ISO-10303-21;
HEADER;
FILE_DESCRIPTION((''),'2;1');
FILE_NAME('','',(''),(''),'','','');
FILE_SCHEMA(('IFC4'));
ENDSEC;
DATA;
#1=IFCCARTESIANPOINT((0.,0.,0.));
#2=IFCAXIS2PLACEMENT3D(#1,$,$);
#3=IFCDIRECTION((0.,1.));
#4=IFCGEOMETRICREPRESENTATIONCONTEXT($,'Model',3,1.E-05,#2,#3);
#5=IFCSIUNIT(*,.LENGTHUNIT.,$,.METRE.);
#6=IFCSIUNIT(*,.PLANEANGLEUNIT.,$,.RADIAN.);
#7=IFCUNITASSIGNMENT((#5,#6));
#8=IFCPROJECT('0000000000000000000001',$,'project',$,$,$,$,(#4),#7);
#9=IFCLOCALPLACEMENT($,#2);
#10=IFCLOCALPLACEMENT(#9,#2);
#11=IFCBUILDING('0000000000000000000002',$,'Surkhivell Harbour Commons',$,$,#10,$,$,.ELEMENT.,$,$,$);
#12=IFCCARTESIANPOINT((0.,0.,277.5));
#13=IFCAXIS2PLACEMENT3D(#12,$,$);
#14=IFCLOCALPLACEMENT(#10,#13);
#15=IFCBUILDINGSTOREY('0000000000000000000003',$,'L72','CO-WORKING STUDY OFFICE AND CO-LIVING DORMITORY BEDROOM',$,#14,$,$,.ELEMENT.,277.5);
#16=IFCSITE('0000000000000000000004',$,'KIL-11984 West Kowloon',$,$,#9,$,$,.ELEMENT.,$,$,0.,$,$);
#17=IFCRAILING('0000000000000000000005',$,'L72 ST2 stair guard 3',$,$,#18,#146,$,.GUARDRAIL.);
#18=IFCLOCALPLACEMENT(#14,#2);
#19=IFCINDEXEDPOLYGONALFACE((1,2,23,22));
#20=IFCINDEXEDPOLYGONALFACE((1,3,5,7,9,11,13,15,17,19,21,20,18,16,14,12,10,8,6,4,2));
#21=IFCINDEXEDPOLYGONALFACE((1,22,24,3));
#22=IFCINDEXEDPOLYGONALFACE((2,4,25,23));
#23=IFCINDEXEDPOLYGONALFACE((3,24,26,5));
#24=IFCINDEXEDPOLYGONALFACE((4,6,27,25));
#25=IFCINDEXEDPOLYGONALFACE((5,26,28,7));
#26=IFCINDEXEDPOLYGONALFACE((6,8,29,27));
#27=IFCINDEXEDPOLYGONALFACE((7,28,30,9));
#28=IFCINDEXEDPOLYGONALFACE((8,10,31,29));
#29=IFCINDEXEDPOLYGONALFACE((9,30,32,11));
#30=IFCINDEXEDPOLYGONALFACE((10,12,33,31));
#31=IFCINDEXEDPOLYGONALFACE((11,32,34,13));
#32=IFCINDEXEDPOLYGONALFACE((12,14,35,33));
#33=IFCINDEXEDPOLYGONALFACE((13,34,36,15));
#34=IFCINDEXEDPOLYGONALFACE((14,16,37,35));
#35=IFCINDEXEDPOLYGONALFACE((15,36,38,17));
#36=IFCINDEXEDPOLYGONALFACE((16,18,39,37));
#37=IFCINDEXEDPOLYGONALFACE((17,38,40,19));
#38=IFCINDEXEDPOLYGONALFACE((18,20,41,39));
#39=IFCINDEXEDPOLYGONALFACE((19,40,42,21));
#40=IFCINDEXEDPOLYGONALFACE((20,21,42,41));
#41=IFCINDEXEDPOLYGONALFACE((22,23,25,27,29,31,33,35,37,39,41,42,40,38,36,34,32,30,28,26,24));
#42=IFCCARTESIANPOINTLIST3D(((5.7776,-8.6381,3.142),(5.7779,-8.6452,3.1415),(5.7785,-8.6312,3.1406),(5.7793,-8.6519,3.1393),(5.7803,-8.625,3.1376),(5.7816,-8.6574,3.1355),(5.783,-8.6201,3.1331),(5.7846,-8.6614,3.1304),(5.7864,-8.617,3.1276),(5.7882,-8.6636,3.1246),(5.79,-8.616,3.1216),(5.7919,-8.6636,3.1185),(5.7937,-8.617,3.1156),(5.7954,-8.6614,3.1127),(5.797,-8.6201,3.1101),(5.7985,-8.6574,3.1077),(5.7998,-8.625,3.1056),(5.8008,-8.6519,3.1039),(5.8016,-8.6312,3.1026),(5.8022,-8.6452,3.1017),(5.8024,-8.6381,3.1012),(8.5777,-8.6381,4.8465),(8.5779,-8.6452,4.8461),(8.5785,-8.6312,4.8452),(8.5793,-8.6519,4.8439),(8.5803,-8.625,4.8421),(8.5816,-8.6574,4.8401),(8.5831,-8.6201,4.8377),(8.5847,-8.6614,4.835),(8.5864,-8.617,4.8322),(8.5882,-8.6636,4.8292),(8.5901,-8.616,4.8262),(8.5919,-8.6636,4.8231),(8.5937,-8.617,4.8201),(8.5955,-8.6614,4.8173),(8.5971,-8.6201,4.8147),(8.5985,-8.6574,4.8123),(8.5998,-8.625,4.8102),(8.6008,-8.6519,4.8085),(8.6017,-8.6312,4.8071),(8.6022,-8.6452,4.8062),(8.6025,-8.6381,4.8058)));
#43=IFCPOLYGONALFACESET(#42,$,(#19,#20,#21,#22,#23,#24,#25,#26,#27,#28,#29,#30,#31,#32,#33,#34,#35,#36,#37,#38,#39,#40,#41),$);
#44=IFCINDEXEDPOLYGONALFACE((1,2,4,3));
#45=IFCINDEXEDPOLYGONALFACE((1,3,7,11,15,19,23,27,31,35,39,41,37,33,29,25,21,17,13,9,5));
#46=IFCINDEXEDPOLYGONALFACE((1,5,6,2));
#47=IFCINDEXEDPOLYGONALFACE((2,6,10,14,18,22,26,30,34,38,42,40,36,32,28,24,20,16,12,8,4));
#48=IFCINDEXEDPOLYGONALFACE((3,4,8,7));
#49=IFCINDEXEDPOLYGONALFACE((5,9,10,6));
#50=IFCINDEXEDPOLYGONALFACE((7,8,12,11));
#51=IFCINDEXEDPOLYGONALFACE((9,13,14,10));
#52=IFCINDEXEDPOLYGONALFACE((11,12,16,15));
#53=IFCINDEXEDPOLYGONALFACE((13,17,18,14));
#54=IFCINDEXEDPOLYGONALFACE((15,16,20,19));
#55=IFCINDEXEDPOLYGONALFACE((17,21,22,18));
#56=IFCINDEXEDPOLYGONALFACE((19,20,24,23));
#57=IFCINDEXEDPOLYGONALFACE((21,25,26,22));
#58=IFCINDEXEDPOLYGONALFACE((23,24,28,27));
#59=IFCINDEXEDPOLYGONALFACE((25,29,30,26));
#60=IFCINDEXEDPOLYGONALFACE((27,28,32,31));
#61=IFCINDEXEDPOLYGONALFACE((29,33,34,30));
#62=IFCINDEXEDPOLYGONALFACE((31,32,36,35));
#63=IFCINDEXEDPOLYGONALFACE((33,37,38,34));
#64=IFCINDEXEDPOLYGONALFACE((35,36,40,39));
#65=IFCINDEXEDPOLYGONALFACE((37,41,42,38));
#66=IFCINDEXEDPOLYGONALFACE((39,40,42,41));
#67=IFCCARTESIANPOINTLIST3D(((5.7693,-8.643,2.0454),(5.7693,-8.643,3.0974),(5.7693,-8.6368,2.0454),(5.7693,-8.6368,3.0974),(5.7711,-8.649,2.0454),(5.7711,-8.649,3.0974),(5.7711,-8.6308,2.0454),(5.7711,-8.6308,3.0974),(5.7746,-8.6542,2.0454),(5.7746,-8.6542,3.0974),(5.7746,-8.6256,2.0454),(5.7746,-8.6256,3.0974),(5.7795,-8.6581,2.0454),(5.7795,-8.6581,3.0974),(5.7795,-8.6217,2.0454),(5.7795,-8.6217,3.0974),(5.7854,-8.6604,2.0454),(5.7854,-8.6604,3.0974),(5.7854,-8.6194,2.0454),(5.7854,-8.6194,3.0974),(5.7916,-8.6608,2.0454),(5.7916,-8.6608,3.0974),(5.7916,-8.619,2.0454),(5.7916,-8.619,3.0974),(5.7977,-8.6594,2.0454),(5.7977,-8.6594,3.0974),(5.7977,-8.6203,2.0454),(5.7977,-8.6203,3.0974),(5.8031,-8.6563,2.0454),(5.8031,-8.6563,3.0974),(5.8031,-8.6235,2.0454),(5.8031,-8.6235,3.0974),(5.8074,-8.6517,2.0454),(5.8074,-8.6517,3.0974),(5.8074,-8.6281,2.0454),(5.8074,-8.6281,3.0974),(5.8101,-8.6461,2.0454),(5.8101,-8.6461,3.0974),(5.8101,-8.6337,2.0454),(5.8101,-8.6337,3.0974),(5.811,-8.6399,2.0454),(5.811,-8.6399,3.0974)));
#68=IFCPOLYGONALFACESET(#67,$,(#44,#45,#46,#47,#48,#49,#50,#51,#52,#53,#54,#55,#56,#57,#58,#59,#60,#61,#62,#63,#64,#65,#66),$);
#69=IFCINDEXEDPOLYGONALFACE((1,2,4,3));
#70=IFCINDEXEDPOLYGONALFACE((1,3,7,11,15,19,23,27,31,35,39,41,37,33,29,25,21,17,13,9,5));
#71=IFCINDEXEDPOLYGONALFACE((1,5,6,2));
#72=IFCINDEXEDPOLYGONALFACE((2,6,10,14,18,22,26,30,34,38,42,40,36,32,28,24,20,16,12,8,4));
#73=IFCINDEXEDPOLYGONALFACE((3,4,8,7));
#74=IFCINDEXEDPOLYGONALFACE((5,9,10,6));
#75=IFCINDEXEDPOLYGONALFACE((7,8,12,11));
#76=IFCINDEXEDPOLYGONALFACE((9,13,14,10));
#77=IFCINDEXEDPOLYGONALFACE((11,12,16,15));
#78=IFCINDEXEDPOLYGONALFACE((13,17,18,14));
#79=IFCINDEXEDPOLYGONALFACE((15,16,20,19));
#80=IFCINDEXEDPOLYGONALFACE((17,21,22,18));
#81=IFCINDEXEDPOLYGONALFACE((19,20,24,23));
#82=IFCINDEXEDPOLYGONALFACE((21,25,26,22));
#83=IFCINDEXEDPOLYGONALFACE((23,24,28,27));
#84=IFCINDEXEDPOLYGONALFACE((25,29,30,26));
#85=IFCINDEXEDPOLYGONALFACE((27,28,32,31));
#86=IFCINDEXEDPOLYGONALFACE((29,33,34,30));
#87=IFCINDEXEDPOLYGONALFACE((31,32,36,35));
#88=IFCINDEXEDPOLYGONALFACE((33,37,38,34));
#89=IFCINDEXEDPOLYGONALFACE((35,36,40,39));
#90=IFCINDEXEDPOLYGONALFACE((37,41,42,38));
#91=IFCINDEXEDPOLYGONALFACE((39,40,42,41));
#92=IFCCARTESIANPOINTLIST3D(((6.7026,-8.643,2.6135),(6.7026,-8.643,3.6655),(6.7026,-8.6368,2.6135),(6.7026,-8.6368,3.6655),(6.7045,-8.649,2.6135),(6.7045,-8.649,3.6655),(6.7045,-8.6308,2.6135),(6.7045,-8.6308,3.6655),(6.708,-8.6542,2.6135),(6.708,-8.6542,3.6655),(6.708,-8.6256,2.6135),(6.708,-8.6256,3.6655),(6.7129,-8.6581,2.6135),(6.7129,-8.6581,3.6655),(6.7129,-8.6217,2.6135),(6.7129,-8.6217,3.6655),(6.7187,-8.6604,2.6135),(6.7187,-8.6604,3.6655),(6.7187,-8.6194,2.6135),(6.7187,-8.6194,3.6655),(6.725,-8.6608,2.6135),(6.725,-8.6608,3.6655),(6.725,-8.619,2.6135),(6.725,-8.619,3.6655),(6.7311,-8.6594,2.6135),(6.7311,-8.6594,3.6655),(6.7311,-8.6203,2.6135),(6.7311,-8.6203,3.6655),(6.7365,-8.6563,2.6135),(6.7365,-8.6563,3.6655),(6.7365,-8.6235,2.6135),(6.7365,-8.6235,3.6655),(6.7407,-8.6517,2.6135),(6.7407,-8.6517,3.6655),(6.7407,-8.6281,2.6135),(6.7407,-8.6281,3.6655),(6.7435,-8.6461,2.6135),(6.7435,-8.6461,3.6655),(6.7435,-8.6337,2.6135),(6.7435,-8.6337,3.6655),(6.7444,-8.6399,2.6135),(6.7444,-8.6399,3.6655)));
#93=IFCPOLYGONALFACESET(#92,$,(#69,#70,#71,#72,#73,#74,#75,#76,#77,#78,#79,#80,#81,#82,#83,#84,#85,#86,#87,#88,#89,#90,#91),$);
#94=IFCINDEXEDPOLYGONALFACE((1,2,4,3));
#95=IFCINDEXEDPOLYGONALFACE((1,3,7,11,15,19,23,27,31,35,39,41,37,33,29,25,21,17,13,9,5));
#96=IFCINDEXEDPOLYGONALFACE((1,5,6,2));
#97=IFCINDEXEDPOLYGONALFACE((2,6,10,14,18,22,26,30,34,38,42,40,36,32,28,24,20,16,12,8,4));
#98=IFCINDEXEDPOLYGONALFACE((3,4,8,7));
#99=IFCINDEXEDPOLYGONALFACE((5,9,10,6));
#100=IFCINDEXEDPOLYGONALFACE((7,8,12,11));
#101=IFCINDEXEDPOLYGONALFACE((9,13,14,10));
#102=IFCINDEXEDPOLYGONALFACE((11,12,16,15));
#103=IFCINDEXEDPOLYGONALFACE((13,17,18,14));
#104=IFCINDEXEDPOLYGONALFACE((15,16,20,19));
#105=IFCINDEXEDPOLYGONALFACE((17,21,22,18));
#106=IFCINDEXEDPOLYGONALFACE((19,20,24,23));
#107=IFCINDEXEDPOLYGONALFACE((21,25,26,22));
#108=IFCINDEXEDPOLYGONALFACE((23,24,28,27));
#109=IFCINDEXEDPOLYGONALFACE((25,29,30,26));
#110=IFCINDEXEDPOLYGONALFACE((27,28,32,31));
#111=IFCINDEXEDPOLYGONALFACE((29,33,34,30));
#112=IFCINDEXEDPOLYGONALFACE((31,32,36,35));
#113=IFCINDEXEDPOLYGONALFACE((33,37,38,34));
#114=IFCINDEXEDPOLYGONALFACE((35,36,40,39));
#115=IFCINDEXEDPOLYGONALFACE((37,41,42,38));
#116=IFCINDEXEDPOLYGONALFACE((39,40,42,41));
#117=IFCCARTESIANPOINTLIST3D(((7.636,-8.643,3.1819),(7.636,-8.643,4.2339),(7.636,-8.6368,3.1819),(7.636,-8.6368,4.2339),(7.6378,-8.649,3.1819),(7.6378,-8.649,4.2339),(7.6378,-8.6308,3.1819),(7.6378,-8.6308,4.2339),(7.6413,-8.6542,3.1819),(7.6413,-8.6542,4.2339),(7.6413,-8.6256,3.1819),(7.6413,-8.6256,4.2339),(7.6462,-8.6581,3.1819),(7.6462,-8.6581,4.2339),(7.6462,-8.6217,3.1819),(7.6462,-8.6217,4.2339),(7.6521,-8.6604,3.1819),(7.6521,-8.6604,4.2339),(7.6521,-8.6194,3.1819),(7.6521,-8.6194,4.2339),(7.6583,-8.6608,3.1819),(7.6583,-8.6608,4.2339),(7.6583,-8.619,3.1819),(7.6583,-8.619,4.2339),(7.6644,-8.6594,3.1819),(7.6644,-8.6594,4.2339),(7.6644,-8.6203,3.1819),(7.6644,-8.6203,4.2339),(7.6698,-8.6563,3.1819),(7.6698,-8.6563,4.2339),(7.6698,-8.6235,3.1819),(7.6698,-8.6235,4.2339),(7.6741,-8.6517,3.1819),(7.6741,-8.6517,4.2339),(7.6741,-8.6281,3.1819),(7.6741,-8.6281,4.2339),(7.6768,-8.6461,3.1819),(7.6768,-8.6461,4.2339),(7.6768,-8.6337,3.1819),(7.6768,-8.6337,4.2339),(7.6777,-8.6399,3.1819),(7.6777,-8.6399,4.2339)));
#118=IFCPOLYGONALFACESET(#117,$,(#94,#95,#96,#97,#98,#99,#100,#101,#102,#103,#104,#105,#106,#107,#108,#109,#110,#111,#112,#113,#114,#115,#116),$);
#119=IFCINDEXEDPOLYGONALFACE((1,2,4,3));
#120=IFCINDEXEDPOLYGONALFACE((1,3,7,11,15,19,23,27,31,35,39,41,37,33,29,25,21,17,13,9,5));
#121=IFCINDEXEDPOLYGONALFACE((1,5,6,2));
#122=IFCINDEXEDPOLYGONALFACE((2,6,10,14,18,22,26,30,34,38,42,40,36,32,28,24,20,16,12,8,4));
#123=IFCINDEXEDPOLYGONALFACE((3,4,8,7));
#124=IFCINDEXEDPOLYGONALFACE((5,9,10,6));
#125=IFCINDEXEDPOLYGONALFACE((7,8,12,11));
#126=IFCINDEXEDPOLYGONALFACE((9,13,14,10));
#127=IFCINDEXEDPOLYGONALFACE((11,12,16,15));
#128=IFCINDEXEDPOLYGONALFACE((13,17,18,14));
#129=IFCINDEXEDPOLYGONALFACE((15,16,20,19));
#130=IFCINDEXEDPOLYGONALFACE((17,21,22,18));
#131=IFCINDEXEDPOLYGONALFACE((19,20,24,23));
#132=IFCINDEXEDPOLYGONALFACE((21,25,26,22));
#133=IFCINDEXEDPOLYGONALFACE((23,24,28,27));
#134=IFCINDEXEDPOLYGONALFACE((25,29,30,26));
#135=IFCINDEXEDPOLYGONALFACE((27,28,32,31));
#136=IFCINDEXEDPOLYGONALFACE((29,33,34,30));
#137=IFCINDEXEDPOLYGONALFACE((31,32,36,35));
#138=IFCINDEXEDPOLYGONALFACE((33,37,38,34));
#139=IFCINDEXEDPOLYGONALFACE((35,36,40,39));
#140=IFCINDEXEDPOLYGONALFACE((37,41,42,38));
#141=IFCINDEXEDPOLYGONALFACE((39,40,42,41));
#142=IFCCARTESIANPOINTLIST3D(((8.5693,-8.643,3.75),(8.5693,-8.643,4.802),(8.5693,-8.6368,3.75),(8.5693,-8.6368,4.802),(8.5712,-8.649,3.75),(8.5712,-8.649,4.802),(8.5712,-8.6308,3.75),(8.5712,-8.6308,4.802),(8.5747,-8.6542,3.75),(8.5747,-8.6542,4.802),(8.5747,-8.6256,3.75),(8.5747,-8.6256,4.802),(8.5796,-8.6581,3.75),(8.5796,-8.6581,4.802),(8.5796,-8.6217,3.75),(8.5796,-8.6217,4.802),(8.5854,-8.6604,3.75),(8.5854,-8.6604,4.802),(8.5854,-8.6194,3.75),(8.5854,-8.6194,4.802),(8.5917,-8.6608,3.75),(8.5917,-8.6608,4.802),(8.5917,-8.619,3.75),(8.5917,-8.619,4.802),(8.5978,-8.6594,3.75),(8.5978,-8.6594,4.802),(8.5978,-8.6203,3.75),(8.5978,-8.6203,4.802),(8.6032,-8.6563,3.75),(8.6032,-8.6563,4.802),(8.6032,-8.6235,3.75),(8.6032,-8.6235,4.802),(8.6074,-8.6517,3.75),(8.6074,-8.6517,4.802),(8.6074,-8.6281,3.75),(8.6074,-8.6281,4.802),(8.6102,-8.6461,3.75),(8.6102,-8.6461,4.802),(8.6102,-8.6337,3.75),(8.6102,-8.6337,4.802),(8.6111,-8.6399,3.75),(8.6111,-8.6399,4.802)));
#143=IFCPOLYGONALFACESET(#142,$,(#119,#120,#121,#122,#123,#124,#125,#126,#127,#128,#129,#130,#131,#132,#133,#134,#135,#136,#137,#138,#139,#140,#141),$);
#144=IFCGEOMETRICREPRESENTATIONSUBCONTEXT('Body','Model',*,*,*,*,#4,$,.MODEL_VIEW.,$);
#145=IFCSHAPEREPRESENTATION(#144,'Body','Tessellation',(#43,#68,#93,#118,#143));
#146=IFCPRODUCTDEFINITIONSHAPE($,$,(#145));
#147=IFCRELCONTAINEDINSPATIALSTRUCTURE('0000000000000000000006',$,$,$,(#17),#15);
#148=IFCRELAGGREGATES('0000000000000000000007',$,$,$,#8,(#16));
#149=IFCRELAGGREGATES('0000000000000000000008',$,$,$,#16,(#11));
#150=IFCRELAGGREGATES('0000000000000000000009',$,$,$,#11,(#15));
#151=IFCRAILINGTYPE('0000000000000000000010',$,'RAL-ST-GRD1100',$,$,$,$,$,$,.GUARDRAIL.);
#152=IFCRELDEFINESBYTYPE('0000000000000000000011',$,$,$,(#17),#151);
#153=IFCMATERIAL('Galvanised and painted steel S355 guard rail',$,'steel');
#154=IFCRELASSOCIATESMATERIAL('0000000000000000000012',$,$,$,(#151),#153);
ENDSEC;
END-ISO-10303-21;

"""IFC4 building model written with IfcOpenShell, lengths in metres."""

from ifc_helpers import new_model, si_unit, direction, frame, origin, origin_2d, place, context, subcontext, project, spatial, circle, extrude, material, type_object, element, save


model = new_model("IFC4")

# Units and contexts
model_context = context("Model", 3, precision=1e-05, world=origin(), true_north=direction((0.0, 1.0)))
body_context = subcontext(model_context, "Body", "Model", "MODEL_VIEW")
ifc_project = project(units=[si_unit("LENGTHUNIT", "METRE"), si_unit("PLANEANGLEUNIT", "RADIAN")], contexts=[model_context])

# Site, building, storey
site_placement = place(None, origin())
site = spatial("IfcSite", under=ifc_project, at=site_placement, Name="KIL-11984 West Kowloon", CompositionType="ELEMENT", RefElevation=0.0)
building_placement = place(site_placement, origin())
building = spatial("IfcBuilding", under=site, at=building_placement, Name="Surkhivell Harbour Commons", CompositionType="ELEMENT")
storey_placement = place(building_placement, frame((0.0, 0.0, 277.5)))
storey = spatial("IfcBuildingStorey", under=building, at=storey_placement, Name="L72", Description="CO-WORKING STUDY OFFICE AND CO-LIVING DORMITORY BEDROOM", CompositionType="ELEMENT", Elevation=277.5)

# Railing
ifc_material_1 = material(Name="Galvanised and painted steel S355 guard rail", Category="steel")
railing_type_1 = type_object("IfcRailingType", Name="RAL-ST-GRD1100", PredefinedType="GUARDRAIL", material=ifc_material_1)
railing_1_placement = place(storey_placement, frame((5.79, -8.6399, 2.0454)))
element("IfcRailing", 1, at=railing_1_placement, inside=storey, type_object=railing_type_1, Name="L72 ST2 stair guard 3", PredefinedType="GUARDRAIL", context=body_context, shape_type="SweptSolid", body=[
    extrude(circle(Radius=0.0239, at=origin_2d()), frame((0.0, 0.0, 1.0762), z_axis=(0.85417, 0.0, 0.519994), x_axis=(0.0, 1.0, 0.0)), (0.0, 0.0, 1.0), 3.2781),
    extrude(circle(Radius=0.021, at=origin_2d()), origin(), (0.0, 0.0, 1.0), 1.052),
    extrude(circle(Radius=0.021, at=origin_2d()), frame((0.9333, 0.0, 0.5681)), (0.0, 0.0, 1.0), 1.052),
    extrude(circle(Radius=0.021, at=origin_2d()), frame((1.8667, 0.0, 1.1365)), (0.0, 0.0, 1.0), 1.052),
    extrude(circle(Radius=0.021, at=origin_2d()), frame((2.8, 0.0, 1.7046)), (0.0, 0.0, 1.0), 1.052),
])

save(model, "model.ifc")
